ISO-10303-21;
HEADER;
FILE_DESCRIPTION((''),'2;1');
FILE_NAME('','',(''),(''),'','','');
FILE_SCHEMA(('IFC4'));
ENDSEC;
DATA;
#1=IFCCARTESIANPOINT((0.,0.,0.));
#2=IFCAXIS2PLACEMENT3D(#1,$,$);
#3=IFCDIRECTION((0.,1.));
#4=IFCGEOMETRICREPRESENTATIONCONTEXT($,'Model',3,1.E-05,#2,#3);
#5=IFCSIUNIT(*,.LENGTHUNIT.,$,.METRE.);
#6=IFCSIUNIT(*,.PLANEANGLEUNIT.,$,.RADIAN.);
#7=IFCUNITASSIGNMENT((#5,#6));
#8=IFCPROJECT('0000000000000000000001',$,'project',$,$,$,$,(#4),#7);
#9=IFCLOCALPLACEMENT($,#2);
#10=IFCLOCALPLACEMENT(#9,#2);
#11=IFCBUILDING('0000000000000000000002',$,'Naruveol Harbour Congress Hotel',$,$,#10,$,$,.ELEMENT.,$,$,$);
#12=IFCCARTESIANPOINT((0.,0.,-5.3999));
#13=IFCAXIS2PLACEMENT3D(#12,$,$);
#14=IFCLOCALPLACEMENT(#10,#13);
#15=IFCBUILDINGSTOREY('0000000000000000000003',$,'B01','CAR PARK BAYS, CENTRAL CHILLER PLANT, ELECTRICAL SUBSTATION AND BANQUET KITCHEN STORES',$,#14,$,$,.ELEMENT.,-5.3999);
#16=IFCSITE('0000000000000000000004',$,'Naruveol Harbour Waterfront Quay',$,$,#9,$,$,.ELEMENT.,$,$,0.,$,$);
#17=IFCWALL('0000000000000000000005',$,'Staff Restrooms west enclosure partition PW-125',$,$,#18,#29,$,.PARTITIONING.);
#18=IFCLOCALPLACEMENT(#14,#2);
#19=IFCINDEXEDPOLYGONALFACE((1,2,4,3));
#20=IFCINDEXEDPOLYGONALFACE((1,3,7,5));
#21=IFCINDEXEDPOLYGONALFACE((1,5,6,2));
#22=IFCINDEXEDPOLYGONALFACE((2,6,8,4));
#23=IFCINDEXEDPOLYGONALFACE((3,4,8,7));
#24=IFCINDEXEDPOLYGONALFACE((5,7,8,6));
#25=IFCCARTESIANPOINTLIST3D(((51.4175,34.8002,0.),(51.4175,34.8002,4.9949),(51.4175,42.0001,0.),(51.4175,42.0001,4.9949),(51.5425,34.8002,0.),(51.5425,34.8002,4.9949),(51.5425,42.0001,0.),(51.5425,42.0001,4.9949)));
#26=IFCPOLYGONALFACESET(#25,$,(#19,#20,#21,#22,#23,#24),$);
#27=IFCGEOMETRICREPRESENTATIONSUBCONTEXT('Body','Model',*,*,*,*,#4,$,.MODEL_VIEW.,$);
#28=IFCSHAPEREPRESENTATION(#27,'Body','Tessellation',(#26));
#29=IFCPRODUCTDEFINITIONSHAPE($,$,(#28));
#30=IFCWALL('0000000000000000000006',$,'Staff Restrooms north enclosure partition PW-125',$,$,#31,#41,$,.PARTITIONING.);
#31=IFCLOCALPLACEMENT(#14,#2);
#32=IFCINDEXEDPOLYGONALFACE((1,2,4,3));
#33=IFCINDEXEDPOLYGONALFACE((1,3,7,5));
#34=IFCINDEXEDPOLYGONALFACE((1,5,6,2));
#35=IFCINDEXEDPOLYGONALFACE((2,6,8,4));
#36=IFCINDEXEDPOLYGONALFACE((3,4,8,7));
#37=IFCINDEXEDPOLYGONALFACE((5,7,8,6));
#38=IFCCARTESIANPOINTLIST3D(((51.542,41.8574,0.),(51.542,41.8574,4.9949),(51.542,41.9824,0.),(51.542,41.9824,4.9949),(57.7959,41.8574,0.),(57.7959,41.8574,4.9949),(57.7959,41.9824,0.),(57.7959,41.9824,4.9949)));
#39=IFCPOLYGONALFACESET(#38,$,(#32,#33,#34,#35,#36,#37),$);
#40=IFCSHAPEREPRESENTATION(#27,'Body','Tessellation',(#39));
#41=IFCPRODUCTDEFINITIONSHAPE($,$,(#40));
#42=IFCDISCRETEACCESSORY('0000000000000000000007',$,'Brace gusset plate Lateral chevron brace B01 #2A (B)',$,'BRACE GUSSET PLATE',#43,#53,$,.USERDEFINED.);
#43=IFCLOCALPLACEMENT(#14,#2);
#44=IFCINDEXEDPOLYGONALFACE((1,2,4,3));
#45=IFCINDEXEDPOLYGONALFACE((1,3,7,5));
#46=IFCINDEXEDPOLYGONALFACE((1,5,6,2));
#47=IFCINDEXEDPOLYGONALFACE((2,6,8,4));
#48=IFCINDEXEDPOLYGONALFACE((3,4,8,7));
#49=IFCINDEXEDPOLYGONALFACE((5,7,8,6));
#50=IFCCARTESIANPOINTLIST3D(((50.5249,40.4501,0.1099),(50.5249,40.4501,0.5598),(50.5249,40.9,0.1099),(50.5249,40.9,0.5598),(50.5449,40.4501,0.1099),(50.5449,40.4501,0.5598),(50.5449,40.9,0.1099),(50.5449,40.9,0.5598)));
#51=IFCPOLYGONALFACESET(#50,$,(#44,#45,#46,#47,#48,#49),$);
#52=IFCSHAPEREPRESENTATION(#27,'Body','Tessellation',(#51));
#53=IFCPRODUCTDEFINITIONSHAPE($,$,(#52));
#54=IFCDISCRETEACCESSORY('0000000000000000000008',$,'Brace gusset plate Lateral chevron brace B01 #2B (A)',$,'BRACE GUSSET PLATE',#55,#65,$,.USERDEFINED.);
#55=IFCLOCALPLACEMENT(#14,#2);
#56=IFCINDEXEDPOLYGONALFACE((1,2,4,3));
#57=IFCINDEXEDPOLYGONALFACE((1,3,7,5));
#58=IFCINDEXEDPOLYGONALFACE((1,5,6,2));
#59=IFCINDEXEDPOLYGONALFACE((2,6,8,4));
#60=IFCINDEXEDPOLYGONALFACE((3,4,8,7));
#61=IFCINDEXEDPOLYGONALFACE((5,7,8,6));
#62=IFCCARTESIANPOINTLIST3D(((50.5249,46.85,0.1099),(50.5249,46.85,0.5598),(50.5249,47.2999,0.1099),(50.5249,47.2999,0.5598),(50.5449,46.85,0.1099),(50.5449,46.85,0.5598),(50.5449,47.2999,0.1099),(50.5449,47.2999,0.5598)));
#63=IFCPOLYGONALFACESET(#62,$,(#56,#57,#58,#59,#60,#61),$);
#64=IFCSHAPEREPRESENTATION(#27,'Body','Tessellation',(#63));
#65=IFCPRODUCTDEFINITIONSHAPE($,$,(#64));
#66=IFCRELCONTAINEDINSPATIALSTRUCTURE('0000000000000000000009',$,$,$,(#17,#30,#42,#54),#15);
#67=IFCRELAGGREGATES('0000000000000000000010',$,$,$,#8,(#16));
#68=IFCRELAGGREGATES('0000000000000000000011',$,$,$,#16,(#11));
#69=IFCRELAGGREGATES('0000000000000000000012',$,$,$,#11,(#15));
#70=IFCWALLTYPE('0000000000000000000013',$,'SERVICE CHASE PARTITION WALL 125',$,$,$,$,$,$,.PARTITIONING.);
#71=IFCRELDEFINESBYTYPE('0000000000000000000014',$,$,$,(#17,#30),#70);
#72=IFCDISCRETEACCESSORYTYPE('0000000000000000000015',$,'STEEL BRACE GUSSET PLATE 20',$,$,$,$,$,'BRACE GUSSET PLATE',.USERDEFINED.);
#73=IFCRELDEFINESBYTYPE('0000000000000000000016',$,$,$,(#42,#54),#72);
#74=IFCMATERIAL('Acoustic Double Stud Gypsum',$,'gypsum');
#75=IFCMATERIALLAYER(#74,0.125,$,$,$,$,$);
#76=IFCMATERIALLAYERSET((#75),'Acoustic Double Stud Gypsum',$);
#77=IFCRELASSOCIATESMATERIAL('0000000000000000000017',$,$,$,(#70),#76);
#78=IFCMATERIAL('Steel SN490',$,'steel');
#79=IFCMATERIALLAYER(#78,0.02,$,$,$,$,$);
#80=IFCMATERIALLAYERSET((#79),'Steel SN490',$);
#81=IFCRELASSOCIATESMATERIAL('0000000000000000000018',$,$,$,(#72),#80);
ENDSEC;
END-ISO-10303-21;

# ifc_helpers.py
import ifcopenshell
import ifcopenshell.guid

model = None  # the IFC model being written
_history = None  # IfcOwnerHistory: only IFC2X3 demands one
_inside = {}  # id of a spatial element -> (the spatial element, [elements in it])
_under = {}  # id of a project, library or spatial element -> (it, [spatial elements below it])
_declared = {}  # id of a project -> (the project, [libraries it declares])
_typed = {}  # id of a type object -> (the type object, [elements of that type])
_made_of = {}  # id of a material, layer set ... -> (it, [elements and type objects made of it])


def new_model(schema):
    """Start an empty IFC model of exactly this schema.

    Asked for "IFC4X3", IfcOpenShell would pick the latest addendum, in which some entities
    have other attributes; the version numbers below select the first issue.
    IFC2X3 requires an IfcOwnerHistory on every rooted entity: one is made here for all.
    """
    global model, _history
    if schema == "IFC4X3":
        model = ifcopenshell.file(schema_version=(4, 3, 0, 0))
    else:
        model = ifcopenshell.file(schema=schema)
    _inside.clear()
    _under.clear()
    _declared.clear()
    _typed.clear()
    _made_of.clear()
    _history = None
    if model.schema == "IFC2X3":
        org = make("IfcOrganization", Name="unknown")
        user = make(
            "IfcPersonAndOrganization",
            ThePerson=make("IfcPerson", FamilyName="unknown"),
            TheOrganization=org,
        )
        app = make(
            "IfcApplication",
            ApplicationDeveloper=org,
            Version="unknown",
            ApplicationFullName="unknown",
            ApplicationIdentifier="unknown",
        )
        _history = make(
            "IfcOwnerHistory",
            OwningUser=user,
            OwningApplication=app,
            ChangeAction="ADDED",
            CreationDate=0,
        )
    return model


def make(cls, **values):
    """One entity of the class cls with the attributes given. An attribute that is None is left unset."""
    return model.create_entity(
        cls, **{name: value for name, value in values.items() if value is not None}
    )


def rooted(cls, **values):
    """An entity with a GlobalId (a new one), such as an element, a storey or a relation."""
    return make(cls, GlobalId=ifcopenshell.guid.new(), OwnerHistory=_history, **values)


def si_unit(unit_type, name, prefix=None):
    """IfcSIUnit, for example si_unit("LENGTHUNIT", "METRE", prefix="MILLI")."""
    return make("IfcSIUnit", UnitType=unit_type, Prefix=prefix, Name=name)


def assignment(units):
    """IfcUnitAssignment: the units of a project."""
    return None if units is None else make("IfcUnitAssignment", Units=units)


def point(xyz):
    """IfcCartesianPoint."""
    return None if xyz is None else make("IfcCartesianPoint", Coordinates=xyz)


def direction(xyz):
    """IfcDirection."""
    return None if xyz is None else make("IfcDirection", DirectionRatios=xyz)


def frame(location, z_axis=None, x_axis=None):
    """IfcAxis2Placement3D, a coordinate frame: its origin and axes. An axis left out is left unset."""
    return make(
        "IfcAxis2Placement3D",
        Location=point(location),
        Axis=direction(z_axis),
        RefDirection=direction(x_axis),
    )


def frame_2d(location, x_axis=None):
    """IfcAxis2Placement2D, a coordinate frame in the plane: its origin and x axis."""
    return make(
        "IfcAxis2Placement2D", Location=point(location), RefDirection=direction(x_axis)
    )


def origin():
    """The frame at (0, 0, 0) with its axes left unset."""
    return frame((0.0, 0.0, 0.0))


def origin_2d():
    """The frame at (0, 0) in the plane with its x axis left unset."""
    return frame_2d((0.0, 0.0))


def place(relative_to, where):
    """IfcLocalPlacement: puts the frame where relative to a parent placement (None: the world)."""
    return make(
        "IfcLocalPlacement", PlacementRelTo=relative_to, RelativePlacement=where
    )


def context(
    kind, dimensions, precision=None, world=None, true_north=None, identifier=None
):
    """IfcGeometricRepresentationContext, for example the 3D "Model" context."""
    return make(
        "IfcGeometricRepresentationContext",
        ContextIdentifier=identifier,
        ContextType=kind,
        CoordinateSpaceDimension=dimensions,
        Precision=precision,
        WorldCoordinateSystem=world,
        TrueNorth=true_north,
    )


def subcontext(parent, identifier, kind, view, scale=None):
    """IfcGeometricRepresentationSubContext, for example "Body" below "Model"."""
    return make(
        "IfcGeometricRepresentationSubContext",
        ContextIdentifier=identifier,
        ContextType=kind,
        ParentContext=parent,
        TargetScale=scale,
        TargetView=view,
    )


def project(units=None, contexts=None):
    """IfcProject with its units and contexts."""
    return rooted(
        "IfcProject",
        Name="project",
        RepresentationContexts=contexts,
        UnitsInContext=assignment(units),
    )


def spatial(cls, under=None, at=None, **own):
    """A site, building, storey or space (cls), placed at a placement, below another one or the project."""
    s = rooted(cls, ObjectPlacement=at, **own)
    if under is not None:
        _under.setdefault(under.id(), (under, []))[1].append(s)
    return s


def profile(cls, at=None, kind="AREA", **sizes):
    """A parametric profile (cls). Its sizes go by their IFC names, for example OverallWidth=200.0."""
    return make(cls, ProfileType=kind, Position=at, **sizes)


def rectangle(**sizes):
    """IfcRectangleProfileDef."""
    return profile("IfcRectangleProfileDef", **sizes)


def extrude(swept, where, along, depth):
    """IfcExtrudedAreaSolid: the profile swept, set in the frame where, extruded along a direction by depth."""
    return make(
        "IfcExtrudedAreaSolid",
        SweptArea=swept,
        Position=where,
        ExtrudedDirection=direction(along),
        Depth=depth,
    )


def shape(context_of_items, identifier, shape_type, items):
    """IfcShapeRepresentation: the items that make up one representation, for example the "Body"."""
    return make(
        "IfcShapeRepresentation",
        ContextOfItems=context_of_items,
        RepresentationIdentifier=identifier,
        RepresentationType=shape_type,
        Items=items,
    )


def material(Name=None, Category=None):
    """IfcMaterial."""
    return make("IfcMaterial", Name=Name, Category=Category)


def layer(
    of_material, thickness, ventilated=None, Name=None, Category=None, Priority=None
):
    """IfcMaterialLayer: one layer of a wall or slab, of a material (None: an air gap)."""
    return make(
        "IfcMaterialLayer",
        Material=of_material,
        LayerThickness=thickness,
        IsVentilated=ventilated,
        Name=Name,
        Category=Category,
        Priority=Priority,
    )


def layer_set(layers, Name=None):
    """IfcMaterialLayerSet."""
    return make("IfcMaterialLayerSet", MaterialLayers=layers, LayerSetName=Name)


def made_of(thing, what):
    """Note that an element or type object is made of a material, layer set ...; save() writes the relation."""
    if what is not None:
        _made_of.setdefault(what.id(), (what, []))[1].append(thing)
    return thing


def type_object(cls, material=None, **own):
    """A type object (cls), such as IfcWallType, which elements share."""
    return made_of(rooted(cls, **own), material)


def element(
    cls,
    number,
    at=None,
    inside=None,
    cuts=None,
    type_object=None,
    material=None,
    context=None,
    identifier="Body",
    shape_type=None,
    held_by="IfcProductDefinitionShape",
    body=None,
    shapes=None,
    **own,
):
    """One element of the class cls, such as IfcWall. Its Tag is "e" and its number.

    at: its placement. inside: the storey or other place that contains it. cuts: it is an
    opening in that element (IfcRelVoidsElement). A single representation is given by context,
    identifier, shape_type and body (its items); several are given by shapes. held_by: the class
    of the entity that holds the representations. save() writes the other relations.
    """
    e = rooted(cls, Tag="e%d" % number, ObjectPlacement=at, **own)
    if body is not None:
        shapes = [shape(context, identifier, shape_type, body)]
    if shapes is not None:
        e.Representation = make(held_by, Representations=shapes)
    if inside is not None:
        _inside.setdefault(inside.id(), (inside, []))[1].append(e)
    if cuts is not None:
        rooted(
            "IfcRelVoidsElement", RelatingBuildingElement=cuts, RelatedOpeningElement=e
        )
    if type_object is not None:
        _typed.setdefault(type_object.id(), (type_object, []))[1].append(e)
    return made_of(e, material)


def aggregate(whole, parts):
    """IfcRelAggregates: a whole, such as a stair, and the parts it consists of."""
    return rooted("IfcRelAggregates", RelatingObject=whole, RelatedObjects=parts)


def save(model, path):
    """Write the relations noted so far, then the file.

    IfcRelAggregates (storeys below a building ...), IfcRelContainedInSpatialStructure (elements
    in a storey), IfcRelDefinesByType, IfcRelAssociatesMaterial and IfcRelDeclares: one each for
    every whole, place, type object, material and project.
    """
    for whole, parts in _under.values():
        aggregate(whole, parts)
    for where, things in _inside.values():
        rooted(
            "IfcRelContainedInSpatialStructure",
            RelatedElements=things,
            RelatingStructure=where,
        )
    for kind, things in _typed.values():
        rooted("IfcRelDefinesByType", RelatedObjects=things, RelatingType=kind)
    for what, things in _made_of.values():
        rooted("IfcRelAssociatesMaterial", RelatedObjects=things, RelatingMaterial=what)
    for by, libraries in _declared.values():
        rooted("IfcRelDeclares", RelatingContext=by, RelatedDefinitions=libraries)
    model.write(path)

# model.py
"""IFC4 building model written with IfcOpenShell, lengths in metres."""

from ifc_helpers import new_model, si_unit, direction, frame, frame_2d, origin, origin_2d, place, context, subcontext, project, spatial, rectangle, extrude, material, layer, layer_set, type_object, element, save


model = new_model("IFC4")

# Units and contexts
model_context = context("Model", 3, precision=1e-05, world=origin(), true_north=direction((0.0, 1.0)))
body_context = subcontext(model_context, "Body", "Model", "MODEL_VIEW")
ifc_project = project(units=[si_unit("LENGTHUNIT", "METRE"), si_unit("PLANEANGLEUNIT", "RADIAN")], contexts=[model_context])

# Site, building, storey
site_placement = place(None, origin())
site = spatial("IfcSite", under=ifc_project, at=site_placement, Name="Naruveol Harbour Waterfront Quay", CompositionType="ELEMENT", RefElevation=0.0)
building_placement = place(site_placement, origin())
building = spatial("IfcBuilding", under=site, at=building_placement, Name="Naruveol Harbour Congress Hotel", CompositionType="ELEMENT")
storey_placement = place(building_placement, frame((0.0, 0.0, -5.3999)))
storey = spatial("IfcBuildingStorey", under=building, at=storey_placement, Name="B01", Description="CAR PARK BAYS, CENTRAL CHILLER PLANT, ELECTRICAL SUBSTATION AND BANQUET KITCHEN STORES", CompositionType="ELEMENT", Elevation=-5.3999)

# Shared definitions
ifc_material_1 = material(Name="Acoustic Double Stud Gypsum", Category="gypsum")
ifc_layer_1 = layer(ifc_material_1, 0.125)
ifc_layer_set_1 = layer_set([ifc_layer_1], Name="Acoustic Double Stud Gypsum")
wall_type = type_object("IfcWallType", Name="SERVICE CHASE PARTITION WALL 125", PredefinedType="PARTITIONING", material=ifc_layer_set_1)

# Walls
wall_1_placement = place(storey_placement, frame((51.48, 34.8, 0.0), z_axis=(0.0, 0.0, 1.0), x_axis=(0.0, 1.0, 0.0)))
element("IfcWall", 1, at=wall_1_placement, inside=storey, type_object=wall_type, Name="Staff Restrooms west enclosure partition PW-125", PredefinedType="PARTITIONING", context=body_context, shape_type="SweptSolid", body=[
    extrude(rectangle(XDim=7.2, YDim=0.125, at=frame_2d((3.6001, 0.0))), origin(), (0.0, 0.0, 1.0), 4.9949),
])
wall_2_placement = place(storey_placement, frame((51.542, 41.9199, 0.0), z_axis=(0.0, 0.0, 1.0), x_axis=(1.0, 0.0, 0.0)))
element("IfcWall", 2, at=wall_2_placement, inside=storey, type_object=wall_type, Name="Staff Restrooms north enclosure partition PW-125", PredefinedType="PARTITIONING", context=body_context, shape_type="SweptSolid", body=[
    extrude(rectangle(XDim=6.2539, YDim=0.125, at=frame_2d((3.127, 0.0))), origin(), (0.0, 0.0, 1.0), 4.9949),
])

# Discrete accessories
ifc_material_2 = material(Name="Steel SN490", Category="steel")
ifc_layer_2 = layer(ifc_material_2, 0.02)
ifc_layer_set_2 = layer_set([ifc_layer_2], Name="Steel SN490")
discrete_accessory_type = type_object("IfcDiscreteAccessoryType", Name="STEEL BRACE GUSSET PLATE 20", ElementType="BRACE GUSSET PLATE", PredefinedType="USERDEFINED", material=ifc_layer_set_2)
for number, where, z_axis, x_axis, name in (
    (3, (50.5349, 40.675, 0.1099), (0.0, 0.0, 1.0), (0.0, 1.0, 0.0), "Brace gusset plate Lateral chevron brace B01 #2A (B)"),
    (4, (50.5349, 47.075, 0.1099), (0.0, 0.0, 1.0), (0.0, -1.0, 0.0), "Brace gusset plate Lateral chevron brace B01 #2B (A)"),
):
    element("IfcDiscreteAccessory", number, at=place(storey_placement, frame(where, z_axis=z_axis, x_axis=x_axis)), inside=storey, type_object=discrete_accessory_type, Name=name, ObjectType="BRACE GUSSET PLATE", PredefinedType="USERDEFINED", context=body_context, shape_type="SweptSolid", body=[
        extrude(rectangle(XDim=0.45, YDim=0.02, at=origin_2d()), origin(), (0.0, 0.0, 1.0), 0.45),
    ])

save(model, "model.ifc")
